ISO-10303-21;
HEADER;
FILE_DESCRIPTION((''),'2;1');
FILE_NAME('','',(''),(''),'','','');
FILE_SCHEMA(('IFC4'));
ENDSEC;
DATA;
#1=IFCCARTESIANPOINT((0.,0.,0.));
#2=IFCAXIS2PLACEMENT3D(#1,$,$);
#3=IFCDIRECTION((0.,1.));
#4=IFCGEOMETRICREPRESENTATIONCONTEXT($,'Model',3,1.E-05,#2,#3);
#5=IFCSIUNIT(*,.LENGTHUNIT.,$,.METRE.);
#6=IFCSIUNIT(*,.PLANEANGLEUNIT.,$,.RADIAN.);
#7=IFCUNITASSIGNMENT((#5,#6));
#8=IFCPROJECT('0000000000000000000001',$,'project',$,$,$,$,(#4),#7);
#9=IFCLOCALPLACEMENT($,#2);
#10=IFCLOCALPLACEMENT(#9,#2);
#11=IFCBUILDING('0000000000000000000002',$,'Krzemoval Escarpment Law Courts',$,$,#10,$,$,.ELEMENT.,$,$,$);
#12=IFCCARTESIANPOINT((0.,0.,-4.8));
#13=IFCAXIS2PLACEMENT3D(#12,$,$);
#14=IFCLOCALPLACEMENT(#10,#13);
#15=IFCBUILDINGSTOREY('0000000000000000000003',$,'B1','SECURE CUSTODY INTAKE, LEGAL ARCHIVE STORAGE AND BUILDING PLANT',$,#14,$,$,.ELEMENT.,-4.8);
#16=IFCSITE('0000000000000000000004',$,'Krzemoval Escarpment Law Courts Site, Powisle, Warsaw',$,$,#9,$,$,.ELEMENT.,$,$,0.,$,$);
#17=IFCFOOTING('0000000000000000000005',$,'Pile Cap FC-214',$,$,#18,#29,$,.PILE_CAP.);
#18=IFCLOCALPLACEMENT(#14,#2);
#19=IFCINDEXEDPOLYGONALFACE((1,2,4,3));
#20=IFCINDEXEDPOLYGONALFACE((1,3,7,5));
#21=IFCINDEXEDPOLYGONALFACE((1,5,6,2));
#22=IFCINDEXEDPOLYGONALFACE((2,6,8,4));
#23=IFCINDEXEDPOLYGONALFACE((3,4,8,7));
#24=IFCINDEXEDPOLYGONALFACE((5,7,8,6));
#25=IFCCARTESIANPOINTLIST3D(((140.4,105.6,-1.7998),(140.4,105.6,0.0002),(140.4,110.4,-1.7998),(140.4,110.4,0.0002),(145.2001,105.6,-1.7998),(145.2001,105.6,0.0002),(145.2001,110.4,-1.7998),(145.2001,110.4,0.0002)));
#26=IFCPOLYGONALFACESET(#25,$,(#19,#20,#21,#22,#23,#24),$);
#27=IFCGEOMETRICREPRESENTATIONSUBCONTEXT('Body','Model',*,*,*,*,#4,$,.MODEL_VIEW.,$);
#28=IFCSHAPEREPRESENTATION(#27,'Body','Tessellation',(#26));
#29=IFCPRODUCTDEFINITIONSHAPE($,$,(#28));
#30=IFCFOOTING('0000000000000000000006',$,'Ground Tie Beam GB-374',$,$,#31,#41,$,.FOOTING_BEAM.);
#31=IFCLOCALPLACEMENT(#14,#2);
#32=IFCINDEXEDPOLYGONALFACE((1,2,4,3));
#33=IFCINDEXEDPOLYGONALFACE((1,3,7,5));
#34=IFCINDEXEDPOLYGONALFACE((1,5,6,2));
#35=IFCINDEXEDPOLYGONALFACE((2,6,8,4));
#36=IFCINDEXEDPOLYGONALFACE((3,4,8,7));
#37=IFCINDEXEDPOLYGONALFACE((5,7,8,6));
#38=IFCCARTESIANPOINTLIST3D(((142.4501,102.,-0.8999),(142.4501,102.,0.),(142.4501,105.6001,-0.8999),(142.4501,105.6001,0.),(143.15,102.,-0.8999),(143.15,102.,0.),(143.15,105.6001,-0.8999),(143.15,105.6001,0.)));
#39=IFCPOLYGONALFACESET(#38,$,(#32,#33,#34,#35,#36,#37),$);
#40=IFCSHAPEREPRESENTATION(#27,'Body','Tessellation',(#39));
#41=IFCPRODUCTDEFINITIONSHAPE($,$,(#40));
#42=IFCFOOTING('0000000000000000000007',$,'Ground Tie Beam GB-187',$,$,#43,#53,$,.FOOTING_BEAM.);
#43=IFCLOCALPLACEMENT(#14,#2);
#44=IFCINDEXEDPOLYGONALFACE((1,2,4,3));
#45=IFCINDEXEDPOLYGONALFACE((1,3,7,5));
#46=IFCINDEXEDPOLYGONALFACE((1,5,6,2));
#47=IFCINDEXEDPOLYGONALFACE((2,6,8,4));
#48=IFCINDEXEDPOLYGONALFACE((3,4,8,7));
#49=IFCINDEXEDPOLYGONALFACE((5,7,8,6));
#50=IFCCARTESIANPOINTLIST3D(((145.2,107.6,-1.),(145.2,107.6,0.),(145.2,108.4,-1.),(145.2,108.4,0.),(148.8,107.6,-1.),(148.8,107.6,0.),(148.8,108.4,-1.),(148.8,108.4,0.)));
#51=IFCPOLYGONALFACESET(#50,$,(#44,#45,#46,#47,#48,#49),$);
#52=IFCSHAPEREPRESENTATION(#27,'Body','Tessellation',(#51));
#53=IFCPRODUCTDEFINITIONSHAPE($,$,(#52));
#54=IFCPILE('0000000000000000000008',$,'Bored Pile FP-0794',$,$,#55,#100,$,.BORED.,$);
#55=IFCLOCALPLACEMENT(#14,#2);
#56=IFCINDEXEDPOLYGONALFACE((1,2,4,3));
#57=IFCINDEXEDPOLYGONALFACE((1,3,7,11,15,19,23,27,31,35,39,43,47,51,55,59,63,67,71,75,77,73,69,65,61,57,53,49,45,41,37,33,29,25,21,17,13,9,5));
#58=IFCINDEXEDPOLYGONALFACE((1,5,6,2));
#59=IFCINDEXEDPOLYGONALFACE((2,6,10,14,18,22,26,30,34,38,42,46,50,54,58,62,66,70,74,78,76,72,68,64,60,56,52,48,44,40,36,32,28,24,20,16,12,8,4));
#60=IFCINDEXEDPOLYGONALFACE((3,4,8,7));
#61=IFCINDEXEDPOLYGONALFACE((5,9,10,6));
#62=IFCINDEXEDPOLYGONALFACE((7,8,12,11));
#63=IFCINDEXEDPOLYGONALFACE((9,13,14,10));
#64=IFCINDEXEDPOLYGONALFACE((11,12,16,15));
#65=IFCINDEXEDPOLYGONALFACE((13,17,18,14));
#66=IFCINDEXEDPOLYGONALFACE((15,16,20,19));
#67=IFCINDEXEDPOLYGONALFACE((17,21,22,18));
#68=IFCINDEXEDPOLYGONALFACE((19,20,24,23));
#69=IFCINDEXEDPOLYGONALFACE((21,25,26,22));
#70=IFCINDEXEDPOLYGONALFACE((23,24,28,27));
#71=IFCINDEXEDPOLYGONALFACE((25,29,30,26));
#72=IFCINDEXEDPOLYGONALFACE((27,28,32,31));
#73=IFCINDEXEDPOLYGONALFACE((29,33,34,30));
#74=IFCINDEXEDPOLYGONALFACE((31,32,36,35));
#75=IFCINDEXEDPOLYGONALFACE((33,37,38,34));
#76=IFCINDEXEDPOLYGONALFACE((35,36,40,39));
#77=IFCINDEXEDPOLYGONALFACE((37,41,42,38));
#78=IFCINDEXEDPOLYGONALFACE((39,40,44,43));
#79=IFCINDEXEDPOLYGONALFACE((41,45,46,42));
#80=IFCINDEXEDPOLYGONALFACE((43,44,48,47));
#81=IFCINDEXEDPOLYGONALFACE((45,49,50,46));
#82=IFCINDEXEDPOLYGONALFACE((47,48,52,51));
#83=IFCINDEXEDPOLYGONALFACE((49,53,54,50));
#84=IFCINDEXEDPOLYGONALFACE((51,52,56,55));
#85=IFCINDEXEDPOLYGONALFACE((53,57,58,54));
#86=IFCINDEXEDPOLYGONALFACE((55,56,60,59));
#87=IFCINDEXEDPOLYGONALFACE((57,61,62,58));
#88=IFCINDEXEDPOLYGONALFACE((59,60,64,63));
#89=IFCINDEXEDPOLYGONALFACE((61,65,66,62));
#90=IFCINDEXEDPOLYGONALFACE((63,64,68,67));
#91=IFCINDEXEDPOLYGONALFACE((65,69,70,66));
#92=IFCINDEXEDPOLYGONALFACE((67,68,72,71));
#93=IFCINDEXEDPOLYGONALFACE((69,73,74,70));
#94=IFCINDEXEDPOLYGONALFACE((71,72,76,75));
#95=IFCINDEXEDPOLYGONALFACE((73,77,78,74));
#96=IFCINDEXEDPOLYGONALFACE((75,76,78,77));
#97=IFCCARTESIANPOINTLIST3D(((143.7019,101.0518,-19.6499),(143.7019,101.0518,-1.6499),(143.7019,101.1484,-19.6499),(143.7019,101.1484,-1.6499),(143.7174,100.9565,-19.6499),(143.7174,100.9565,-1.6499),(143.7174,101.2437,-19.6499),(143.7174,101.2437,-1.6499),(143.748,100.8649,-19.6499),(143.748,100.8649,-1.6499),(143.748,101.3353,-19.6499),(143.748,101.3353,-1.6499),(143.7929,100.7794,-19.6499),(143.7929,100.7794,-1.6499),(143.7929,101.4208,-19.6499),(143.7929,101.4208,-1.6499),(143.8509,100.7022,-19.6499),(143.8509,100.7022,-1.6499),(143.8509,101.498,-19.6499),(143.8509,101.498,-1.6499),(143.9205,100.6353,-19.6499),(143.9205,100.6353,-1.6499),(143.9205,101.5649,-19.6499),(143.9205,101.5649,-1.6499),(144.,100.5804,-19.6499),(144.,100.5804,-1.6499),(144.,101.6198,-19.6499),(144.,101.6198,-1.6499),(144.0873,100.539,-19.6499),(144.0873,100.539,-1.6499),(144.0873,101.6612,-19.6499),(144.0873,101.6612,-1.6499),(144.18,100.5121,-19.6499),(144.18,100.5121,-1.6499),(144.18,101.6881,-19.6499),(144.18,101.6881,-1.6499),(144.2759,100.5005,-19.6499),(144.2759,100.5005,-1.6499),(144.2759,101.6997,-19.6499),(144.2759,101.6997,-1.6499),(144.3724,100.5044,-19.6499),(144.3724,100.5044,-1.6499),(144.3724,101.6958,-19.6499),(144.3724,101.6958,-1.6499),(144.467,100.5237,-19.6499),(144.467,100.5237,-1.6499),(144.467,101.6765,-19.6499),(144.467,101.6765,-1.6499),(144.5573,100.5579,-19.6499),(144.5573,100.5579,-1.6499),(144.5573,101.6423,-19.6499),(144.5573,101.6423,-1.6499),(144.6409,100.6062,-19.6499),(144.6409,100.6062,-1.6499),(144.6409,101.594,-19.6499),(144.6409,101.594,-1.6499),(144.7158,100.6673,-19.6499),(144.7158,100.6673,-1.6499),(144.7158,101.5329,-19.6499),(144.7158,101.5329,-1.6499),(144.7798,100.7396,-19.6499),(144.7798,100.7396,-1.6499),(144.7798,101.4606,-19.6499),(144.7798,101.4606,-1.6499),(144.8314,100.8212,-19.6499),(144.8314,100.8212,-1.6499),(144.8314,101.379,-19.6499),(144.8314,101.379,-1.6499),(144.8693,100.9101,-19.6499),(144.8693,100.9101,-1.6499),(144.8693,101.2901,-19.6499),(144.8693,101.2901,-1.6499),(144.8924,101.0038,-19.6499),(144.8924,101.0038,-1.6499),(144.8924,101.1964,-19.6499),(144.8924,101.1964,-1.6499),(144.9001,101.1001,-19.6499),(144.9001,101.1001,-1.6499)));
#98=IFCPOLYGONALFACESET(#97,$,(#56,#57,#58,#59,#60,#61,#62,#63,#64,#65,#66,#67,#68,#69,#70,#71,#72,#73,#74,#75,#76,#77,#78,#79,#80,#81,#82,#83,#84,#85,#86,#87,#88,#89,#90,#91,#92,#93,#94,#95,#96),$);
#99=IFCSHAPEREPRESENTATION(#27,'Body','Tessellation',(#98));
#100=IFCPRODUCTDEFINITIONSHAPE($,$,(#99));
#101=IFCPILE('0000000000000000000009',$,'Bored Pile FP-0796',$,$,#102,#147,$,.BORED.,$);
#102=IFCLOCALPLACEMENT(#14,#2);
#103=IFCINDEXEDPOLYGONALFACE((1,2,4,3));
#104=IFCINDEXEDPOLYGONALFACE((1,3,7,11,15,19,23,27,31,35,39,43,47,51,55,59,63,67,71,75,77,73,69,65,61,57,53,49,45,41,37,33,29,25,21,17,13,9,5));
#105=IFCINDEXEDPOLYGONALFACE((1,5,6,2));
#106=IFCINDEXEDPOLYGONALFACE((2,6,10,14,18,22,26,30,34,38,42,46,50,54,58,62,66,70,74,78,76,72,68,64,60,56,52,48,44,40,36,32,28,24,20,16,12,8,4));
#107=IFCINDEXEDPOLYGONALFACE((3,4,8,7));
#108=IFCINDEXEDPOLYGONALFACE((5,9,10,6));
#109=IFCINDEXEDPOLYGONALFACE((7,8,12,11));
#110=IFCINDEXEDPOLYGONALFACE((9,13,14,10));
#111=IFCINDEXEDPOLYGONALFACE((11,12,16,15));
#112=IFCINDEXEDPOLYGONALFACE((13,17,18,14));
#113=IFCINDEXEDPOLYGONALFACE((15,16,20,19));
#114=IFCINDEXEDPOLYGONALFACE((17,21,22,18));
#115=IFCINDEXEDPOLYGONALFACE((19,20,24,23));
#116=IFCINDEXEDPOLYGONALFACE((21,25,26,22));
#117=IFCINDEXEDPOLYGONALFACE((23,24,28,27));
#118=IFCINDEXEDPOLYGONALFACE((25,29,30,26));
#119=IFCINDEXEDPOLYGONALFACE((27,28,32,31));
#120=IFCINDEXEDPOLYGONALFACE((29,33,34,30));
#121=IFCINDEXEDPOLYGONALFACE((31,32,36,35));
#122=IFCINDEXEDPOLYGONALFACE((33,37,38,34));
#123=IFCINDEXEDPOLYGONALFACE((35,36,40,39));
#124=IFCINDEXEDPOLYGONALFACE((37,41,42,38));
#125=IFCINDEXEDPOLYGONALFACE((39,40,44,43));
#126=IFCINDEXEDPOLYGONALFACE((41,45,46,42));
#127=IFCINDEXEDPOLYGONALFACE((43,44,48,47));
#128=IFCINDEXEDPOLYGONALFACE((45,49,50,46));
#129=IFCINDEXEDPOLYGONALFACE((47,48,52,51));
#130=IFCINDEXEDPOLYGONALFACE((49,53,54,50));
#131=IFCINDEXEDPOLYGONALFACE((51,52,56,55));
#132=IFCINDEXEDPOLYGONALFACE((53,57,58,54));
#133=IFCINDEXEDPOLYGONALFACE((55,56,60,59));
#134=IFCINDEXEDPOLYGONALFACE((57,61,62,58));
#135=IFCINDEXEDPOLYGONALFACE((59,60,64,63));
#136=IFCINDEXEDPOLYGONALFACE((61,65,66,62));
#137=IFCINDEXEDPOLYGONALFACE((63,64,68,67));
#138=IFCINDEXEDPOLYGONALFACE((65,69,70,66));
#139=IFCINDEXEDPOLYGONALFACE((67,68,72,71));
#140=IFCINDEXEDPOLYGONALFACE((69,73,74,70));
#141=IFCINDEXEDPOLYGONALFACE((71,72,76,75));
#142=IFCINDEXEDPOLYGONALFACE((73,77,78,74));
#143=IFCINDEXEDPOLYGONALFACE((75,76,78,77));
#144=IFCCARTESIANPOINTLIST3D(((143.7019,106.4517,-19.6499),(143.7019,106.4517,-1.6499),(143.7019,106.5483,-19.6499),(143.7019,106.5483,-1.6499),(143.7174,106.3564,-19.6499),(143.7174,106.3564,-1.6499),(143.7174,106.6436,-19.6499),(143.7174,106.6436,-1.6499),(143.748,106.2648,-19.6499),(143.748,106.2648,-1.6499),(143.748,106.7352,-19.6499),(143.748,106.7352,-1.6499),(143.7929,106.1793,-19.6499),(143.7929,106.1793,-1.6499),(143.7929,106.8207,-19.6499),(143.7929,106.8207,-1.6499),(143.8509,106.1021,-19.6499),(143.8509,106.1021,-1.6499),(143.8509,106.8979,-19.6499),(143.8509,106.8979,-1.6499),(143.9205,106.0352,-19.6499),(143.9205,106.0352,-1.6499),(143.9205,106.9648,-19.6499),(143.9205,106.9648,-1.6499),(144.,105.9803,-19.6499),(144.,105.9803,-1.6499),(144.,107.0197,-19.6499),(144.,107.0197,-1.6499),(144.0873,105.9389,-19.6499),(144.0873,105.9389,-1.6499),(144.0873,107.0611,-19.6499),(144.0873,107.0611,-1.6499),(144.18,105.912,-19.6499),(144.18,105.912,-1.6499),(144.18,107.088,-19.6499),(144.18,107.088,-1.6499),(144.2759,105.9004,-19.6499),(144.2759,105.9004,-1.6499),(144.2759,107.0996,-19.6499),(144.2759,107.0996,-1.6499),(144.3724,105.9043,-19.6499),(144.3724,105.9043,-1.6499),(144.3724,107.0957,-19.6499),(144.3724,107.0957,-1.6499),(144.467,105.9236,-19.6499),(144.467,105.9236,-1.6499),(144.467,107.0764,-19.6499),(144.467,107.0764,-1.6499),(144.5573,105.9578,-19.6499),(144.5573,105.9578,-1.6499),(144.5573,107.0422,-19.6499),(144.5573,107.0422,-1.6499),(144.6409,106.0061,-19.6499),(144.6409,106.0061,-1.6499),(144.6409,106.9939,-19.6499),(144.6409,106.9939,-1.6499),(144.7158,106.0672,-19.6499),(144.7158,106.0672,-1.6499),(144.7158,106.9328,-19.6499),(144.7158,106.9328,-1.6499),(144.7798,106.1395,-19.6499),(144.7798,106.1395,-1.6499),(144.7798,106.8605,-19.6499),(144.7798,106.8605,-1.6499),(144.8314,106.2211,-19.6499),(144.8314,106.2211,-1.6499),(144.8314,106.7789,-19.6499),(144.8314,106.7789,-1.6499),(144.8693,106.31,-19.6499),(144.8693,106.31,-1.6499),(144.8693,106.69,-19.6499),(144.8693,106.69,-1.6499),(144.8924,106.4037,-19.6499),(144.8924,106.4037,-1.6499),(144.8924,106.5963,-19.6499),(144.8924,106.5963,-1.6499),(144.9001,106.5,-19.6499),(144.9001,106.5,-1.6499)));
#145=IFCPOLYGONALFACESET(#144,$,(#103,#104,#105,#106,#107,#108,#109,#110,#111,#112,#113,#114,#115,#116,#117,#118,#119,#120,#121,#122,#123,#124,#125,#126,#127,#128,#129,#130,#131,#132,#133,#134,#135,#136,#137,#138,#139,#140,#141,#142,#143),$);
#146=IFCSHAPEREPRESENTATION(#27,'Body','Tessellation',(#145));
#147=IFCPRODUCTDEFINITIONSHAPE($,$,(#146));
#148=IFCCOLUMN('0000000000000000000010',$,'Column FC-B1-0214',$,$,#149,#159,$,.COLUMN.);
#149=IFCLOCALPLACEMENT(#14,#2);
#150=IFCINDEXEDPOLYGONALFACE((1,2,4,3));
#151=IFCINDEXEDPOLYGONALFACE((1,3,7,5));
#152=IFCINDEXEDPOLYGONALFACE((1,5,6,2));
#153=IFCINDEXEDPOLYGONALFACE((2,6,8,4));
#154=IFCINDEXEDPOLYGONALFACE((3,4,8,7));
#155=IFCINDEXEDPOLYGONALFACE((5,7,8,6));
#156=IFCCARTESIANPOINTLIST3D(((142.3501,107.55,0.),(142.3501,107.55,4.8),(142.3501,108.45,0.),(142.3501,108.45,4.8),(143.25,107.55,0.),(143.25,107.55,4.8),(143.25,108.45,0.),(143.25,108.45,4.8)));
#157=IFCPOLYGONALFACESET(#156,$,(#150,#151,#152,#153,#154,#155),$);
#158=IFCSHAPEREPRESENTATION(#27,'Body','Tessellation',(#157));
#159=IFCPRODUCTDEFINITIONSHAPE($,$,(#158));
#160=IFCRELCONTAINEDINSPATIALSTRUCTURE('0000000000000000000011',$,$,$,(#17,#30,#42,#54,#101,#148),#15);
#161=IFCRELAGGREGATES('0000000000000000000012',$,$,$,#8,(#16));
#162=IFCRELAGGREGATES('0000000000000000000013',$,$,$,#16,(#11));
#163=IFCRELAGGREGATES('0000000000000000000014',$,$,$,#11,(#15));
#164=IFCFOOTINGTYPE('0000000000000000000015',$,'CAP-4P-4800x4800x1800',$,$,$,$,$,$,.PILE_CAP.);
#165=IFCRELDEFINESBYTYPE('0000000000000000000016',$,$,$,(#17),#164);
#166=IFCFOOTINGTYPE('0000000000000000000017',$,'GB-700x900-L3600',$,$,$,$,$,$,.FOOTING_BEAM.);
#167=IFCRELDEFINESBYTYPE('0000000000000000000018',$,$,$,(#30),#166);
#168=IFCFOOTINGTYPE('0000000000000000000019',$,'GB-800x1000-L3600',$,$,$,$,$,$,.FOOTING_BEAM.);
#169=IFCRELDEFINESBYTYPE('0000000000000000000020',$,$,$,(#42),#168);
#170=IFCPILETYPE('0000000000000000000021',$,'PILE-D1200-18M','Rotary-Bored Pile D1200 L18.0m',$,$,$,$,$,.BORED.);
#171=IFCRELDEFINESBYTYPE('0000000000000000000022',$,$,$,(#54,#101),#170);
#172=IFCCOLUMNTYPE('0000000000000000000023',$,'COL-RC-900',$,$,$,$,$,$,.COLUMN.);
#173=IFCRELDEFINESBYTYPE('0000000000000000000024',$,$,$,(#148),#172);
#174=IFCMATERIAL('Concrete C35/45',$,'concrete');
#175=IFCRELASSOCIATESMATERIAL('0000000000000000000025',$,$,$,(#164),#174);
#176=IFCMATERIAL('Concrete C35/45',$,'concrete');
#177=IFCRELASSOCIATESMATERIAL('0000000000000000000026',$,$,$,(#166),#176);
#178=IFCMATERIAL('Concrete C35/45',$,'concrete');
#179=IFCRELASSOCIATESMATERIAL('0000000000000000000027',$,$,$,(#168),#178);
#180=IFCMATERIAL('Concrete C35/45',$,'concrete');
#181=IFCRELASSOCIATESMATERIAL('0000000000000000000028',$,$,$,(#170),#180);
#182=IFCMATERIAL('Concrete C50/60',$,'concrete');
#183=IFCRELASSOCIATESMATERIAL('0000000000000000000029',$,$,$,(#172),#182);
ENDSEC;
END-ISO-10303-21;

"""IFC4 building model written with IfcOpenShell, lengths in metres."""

from ifc_helpers import new_model, si_unit, direction, frame, origin, origin_2d, place, context, subcontext, project, spatial, rectangle, circle, extrude, material, material_profile, profile_set, type_object, element, save


model = new_model("IFC4")

# Units and contexts
model_context = context("Model", 3, precision=1e-05, world=origin(), true_north=direction((0.0, 1.0)))
body_context = subcontext(model_context, "Body", "Model", "MODEL_VIEW")
ifc_project = project(units=[si_unit("LENGTHUNIT", "METRE"), si_unit("PLANEANGLEUNIT", "RADIAN")], contexts=[model_context])

# Site, building, storey
site_placement = place(None, origin())
site = spatial("IfcSite", under=ifc_project, at=site_placement, Name="Krzemoval Escarpment Law Courts Site, Powisle, Warsaw", CompositionType="ELEMENT", RefElevation=0.0)
building_placement = place(site_placement, origin())
building = spatial("IfcBuilding", under=site, at=building_placement, Name="Krzemoval Escarpment Law Courts", CompositionType="ELEMENT")
storey_placement = place(building_placement, frame((0.0, 0.0, -4.8)))
storey = spatial("IfcBuildingStorey", under=building, at=storey_placement, Name="B1", Description="SECURE CUSTODY INTAKE, LEGAL ARCHIVE STORAGE AND BUILDING PLANT", CompositionType="ELEMENT", Elevation=-4.8)

# Footings
ifc_material_1 = material(Name="Concrete C35/45", Category="concrete")
footing_type_1 = type_object("IfcFootingType", Name="CAP-4P-4800x4800x1800", PredefinedType="PILE_CAP", material=ifc_material_1)
footing_1_placement = place(storey_placement, frame((142.8, 108.0, -1.7998), z_axis=(0.0, 0.0, 1.0), x_axis=(1.0, 0.0, 0.0)))
element("IfcFooting", 1, at=footing_1_placement, inside=storey, type_object=footing_type_1, Name="Pile Cap FC-214", PredefinedType="PILE_CAP", context=body_context, shape_type="SweptSolid", body=[
    extrude(rectangle(XDim=4.8, YDim=4.8, at=origin_2d()), origin(), (0.0, 0.0, 1.0), 1.8),
])
ifc_material_2 = material(Name="Concrete C35/45", Category="concrete")
footing_type_2 = type_object("IfcFootingType", Name="GB-700x900-L3600", PredefinedType="FOOTING_BEAM", material=ifc_material_2)
footing_2_placement = place(storey_placement, frame((142.8, 103.8, -0.8999), z_axis=(0.0, 0.0, 1.0), x_axis=(0.0, 1.0, 0.0)))
element("IfcFooting", 2, at=footing_2_placement, inside=storey, type_object=footing_type_2, Name="Ground Tie Beam GB-374", PredefinedType="FOOTING_BEAM", context=body_context, shape_type="SweptSolid", body=[
    extrude(rectangle(XDim=3.6001, YDim=0.7, at=origin_2d()), origin(), (0.0, 0.0, 1.0), 0.8999),
])
ifc_material_3 = material(Name="Concrete C35/45", Category="concrete")
footing_type_3 = type_object("IfcFootingType", Name="GB-800x1000-L3600", PredefinedType="FOOTING_BEAM", material=ifc_material_3)
footing_3_placement = place(storey_placement, frame((147.0, 108.0, -1.0), z_axis=(0.0, 0.0, 1.0), x_axis=(1.0, 0.0, 0.0)))
element("IfcFooting", 3, at=footing_3_placement, inside=storey, type_object=footing_type_3, Name="Ground Tie Beam GB-187", PredefinedType="FOOTING_BEAM", context=body_context, shape_type="SweptSolid", body=[
    extrude(rectangle(XDim=3.6001, YDim=0.8, at=origin_2d()), origin(), (0.0, 0.0, 1.0), 1.0),
])

# Piles
ifc_material_4 = material(Name="Concrete C35/45", Category="concrete")
ifc_material_profile_1 = material_profile(ifc_material_4, circle(Radius=0.6001, at=origin_2d()), Name="PILE D1200")
ifc_profile_set_1 = profile_set([ifc_material_profile_1], Name="Concrete C35/45")
pile_type = type_object("IfcPileType", Name="PILE-D1200-18M", Description="Rotary-Bored Pile D1200 L18.0m", PredefinedType="BORED", material=ifc_profile_set_1)
for number, where, z_axis, x_axis, name in (
    (4, (144.3, 101.1001, -1.6499), (0.0, 0.0, -1.0), (1.0, 0.0, 0.0), "Bored Pile FP-0794"),
    (5, (144.3, 106.5, -1.6499), (0.0, 0.0, -1.0), (1.0, 0.0, 0.0), "Bored Pile FP-0796"),
):
    element("IfcPile", number, at=place(storey_placement, frame(where, z_axis=z_axis, x_axis=x_axis)), inside=storey, type_object=pile_type, Name=name, PredefinedType="BORED", context=body_context, shape_type="SweptSolid", body=[
        extrude(circle(Radius=0.6001, at=origin_2d()), origin(), (0.0, 0.0, 1.0), 18.0),
    ])

# Column
ifc_material_5 = material(Name="Concrete C50/60", Category="concrete")
ifc_material_profile_2 = material_profile(ifc_material_5, rectangle(XDim=0.8999, YDim=0.8999, at=origin_2d()), Name="RC 900x900")
ifc_profile_set_2 = profile_set([ifc_material_profile_2], Name="Concrete C50/60")
column_type_1 = type_object("IfcColumnType", Name="COL-RC-900", PredefinedType="COLUMN", material=ifc_profile_set_2)
column_1_placement = place(storey_placement, frame((142.8, 108.0, 0.0), z_axis=(0.0, 0.0, 1.0), x_axis=(1.0, 0.0, 0.0)))
element("IfcColumn", 6, at=column_1_placement, inside=storey, type_object=column_type_1, Name="Column FC-B1-0214", PredefinedType="COLUMN", context=body_context, shape_type="SweptSolid", body=[
    extrude(rectangle(XDim=0.8999, YDim=0.8999, at=origin_2d()), origin(), (0.0, 0.0, 1.0), 4.8),
])

save(model, "model.ifc")
